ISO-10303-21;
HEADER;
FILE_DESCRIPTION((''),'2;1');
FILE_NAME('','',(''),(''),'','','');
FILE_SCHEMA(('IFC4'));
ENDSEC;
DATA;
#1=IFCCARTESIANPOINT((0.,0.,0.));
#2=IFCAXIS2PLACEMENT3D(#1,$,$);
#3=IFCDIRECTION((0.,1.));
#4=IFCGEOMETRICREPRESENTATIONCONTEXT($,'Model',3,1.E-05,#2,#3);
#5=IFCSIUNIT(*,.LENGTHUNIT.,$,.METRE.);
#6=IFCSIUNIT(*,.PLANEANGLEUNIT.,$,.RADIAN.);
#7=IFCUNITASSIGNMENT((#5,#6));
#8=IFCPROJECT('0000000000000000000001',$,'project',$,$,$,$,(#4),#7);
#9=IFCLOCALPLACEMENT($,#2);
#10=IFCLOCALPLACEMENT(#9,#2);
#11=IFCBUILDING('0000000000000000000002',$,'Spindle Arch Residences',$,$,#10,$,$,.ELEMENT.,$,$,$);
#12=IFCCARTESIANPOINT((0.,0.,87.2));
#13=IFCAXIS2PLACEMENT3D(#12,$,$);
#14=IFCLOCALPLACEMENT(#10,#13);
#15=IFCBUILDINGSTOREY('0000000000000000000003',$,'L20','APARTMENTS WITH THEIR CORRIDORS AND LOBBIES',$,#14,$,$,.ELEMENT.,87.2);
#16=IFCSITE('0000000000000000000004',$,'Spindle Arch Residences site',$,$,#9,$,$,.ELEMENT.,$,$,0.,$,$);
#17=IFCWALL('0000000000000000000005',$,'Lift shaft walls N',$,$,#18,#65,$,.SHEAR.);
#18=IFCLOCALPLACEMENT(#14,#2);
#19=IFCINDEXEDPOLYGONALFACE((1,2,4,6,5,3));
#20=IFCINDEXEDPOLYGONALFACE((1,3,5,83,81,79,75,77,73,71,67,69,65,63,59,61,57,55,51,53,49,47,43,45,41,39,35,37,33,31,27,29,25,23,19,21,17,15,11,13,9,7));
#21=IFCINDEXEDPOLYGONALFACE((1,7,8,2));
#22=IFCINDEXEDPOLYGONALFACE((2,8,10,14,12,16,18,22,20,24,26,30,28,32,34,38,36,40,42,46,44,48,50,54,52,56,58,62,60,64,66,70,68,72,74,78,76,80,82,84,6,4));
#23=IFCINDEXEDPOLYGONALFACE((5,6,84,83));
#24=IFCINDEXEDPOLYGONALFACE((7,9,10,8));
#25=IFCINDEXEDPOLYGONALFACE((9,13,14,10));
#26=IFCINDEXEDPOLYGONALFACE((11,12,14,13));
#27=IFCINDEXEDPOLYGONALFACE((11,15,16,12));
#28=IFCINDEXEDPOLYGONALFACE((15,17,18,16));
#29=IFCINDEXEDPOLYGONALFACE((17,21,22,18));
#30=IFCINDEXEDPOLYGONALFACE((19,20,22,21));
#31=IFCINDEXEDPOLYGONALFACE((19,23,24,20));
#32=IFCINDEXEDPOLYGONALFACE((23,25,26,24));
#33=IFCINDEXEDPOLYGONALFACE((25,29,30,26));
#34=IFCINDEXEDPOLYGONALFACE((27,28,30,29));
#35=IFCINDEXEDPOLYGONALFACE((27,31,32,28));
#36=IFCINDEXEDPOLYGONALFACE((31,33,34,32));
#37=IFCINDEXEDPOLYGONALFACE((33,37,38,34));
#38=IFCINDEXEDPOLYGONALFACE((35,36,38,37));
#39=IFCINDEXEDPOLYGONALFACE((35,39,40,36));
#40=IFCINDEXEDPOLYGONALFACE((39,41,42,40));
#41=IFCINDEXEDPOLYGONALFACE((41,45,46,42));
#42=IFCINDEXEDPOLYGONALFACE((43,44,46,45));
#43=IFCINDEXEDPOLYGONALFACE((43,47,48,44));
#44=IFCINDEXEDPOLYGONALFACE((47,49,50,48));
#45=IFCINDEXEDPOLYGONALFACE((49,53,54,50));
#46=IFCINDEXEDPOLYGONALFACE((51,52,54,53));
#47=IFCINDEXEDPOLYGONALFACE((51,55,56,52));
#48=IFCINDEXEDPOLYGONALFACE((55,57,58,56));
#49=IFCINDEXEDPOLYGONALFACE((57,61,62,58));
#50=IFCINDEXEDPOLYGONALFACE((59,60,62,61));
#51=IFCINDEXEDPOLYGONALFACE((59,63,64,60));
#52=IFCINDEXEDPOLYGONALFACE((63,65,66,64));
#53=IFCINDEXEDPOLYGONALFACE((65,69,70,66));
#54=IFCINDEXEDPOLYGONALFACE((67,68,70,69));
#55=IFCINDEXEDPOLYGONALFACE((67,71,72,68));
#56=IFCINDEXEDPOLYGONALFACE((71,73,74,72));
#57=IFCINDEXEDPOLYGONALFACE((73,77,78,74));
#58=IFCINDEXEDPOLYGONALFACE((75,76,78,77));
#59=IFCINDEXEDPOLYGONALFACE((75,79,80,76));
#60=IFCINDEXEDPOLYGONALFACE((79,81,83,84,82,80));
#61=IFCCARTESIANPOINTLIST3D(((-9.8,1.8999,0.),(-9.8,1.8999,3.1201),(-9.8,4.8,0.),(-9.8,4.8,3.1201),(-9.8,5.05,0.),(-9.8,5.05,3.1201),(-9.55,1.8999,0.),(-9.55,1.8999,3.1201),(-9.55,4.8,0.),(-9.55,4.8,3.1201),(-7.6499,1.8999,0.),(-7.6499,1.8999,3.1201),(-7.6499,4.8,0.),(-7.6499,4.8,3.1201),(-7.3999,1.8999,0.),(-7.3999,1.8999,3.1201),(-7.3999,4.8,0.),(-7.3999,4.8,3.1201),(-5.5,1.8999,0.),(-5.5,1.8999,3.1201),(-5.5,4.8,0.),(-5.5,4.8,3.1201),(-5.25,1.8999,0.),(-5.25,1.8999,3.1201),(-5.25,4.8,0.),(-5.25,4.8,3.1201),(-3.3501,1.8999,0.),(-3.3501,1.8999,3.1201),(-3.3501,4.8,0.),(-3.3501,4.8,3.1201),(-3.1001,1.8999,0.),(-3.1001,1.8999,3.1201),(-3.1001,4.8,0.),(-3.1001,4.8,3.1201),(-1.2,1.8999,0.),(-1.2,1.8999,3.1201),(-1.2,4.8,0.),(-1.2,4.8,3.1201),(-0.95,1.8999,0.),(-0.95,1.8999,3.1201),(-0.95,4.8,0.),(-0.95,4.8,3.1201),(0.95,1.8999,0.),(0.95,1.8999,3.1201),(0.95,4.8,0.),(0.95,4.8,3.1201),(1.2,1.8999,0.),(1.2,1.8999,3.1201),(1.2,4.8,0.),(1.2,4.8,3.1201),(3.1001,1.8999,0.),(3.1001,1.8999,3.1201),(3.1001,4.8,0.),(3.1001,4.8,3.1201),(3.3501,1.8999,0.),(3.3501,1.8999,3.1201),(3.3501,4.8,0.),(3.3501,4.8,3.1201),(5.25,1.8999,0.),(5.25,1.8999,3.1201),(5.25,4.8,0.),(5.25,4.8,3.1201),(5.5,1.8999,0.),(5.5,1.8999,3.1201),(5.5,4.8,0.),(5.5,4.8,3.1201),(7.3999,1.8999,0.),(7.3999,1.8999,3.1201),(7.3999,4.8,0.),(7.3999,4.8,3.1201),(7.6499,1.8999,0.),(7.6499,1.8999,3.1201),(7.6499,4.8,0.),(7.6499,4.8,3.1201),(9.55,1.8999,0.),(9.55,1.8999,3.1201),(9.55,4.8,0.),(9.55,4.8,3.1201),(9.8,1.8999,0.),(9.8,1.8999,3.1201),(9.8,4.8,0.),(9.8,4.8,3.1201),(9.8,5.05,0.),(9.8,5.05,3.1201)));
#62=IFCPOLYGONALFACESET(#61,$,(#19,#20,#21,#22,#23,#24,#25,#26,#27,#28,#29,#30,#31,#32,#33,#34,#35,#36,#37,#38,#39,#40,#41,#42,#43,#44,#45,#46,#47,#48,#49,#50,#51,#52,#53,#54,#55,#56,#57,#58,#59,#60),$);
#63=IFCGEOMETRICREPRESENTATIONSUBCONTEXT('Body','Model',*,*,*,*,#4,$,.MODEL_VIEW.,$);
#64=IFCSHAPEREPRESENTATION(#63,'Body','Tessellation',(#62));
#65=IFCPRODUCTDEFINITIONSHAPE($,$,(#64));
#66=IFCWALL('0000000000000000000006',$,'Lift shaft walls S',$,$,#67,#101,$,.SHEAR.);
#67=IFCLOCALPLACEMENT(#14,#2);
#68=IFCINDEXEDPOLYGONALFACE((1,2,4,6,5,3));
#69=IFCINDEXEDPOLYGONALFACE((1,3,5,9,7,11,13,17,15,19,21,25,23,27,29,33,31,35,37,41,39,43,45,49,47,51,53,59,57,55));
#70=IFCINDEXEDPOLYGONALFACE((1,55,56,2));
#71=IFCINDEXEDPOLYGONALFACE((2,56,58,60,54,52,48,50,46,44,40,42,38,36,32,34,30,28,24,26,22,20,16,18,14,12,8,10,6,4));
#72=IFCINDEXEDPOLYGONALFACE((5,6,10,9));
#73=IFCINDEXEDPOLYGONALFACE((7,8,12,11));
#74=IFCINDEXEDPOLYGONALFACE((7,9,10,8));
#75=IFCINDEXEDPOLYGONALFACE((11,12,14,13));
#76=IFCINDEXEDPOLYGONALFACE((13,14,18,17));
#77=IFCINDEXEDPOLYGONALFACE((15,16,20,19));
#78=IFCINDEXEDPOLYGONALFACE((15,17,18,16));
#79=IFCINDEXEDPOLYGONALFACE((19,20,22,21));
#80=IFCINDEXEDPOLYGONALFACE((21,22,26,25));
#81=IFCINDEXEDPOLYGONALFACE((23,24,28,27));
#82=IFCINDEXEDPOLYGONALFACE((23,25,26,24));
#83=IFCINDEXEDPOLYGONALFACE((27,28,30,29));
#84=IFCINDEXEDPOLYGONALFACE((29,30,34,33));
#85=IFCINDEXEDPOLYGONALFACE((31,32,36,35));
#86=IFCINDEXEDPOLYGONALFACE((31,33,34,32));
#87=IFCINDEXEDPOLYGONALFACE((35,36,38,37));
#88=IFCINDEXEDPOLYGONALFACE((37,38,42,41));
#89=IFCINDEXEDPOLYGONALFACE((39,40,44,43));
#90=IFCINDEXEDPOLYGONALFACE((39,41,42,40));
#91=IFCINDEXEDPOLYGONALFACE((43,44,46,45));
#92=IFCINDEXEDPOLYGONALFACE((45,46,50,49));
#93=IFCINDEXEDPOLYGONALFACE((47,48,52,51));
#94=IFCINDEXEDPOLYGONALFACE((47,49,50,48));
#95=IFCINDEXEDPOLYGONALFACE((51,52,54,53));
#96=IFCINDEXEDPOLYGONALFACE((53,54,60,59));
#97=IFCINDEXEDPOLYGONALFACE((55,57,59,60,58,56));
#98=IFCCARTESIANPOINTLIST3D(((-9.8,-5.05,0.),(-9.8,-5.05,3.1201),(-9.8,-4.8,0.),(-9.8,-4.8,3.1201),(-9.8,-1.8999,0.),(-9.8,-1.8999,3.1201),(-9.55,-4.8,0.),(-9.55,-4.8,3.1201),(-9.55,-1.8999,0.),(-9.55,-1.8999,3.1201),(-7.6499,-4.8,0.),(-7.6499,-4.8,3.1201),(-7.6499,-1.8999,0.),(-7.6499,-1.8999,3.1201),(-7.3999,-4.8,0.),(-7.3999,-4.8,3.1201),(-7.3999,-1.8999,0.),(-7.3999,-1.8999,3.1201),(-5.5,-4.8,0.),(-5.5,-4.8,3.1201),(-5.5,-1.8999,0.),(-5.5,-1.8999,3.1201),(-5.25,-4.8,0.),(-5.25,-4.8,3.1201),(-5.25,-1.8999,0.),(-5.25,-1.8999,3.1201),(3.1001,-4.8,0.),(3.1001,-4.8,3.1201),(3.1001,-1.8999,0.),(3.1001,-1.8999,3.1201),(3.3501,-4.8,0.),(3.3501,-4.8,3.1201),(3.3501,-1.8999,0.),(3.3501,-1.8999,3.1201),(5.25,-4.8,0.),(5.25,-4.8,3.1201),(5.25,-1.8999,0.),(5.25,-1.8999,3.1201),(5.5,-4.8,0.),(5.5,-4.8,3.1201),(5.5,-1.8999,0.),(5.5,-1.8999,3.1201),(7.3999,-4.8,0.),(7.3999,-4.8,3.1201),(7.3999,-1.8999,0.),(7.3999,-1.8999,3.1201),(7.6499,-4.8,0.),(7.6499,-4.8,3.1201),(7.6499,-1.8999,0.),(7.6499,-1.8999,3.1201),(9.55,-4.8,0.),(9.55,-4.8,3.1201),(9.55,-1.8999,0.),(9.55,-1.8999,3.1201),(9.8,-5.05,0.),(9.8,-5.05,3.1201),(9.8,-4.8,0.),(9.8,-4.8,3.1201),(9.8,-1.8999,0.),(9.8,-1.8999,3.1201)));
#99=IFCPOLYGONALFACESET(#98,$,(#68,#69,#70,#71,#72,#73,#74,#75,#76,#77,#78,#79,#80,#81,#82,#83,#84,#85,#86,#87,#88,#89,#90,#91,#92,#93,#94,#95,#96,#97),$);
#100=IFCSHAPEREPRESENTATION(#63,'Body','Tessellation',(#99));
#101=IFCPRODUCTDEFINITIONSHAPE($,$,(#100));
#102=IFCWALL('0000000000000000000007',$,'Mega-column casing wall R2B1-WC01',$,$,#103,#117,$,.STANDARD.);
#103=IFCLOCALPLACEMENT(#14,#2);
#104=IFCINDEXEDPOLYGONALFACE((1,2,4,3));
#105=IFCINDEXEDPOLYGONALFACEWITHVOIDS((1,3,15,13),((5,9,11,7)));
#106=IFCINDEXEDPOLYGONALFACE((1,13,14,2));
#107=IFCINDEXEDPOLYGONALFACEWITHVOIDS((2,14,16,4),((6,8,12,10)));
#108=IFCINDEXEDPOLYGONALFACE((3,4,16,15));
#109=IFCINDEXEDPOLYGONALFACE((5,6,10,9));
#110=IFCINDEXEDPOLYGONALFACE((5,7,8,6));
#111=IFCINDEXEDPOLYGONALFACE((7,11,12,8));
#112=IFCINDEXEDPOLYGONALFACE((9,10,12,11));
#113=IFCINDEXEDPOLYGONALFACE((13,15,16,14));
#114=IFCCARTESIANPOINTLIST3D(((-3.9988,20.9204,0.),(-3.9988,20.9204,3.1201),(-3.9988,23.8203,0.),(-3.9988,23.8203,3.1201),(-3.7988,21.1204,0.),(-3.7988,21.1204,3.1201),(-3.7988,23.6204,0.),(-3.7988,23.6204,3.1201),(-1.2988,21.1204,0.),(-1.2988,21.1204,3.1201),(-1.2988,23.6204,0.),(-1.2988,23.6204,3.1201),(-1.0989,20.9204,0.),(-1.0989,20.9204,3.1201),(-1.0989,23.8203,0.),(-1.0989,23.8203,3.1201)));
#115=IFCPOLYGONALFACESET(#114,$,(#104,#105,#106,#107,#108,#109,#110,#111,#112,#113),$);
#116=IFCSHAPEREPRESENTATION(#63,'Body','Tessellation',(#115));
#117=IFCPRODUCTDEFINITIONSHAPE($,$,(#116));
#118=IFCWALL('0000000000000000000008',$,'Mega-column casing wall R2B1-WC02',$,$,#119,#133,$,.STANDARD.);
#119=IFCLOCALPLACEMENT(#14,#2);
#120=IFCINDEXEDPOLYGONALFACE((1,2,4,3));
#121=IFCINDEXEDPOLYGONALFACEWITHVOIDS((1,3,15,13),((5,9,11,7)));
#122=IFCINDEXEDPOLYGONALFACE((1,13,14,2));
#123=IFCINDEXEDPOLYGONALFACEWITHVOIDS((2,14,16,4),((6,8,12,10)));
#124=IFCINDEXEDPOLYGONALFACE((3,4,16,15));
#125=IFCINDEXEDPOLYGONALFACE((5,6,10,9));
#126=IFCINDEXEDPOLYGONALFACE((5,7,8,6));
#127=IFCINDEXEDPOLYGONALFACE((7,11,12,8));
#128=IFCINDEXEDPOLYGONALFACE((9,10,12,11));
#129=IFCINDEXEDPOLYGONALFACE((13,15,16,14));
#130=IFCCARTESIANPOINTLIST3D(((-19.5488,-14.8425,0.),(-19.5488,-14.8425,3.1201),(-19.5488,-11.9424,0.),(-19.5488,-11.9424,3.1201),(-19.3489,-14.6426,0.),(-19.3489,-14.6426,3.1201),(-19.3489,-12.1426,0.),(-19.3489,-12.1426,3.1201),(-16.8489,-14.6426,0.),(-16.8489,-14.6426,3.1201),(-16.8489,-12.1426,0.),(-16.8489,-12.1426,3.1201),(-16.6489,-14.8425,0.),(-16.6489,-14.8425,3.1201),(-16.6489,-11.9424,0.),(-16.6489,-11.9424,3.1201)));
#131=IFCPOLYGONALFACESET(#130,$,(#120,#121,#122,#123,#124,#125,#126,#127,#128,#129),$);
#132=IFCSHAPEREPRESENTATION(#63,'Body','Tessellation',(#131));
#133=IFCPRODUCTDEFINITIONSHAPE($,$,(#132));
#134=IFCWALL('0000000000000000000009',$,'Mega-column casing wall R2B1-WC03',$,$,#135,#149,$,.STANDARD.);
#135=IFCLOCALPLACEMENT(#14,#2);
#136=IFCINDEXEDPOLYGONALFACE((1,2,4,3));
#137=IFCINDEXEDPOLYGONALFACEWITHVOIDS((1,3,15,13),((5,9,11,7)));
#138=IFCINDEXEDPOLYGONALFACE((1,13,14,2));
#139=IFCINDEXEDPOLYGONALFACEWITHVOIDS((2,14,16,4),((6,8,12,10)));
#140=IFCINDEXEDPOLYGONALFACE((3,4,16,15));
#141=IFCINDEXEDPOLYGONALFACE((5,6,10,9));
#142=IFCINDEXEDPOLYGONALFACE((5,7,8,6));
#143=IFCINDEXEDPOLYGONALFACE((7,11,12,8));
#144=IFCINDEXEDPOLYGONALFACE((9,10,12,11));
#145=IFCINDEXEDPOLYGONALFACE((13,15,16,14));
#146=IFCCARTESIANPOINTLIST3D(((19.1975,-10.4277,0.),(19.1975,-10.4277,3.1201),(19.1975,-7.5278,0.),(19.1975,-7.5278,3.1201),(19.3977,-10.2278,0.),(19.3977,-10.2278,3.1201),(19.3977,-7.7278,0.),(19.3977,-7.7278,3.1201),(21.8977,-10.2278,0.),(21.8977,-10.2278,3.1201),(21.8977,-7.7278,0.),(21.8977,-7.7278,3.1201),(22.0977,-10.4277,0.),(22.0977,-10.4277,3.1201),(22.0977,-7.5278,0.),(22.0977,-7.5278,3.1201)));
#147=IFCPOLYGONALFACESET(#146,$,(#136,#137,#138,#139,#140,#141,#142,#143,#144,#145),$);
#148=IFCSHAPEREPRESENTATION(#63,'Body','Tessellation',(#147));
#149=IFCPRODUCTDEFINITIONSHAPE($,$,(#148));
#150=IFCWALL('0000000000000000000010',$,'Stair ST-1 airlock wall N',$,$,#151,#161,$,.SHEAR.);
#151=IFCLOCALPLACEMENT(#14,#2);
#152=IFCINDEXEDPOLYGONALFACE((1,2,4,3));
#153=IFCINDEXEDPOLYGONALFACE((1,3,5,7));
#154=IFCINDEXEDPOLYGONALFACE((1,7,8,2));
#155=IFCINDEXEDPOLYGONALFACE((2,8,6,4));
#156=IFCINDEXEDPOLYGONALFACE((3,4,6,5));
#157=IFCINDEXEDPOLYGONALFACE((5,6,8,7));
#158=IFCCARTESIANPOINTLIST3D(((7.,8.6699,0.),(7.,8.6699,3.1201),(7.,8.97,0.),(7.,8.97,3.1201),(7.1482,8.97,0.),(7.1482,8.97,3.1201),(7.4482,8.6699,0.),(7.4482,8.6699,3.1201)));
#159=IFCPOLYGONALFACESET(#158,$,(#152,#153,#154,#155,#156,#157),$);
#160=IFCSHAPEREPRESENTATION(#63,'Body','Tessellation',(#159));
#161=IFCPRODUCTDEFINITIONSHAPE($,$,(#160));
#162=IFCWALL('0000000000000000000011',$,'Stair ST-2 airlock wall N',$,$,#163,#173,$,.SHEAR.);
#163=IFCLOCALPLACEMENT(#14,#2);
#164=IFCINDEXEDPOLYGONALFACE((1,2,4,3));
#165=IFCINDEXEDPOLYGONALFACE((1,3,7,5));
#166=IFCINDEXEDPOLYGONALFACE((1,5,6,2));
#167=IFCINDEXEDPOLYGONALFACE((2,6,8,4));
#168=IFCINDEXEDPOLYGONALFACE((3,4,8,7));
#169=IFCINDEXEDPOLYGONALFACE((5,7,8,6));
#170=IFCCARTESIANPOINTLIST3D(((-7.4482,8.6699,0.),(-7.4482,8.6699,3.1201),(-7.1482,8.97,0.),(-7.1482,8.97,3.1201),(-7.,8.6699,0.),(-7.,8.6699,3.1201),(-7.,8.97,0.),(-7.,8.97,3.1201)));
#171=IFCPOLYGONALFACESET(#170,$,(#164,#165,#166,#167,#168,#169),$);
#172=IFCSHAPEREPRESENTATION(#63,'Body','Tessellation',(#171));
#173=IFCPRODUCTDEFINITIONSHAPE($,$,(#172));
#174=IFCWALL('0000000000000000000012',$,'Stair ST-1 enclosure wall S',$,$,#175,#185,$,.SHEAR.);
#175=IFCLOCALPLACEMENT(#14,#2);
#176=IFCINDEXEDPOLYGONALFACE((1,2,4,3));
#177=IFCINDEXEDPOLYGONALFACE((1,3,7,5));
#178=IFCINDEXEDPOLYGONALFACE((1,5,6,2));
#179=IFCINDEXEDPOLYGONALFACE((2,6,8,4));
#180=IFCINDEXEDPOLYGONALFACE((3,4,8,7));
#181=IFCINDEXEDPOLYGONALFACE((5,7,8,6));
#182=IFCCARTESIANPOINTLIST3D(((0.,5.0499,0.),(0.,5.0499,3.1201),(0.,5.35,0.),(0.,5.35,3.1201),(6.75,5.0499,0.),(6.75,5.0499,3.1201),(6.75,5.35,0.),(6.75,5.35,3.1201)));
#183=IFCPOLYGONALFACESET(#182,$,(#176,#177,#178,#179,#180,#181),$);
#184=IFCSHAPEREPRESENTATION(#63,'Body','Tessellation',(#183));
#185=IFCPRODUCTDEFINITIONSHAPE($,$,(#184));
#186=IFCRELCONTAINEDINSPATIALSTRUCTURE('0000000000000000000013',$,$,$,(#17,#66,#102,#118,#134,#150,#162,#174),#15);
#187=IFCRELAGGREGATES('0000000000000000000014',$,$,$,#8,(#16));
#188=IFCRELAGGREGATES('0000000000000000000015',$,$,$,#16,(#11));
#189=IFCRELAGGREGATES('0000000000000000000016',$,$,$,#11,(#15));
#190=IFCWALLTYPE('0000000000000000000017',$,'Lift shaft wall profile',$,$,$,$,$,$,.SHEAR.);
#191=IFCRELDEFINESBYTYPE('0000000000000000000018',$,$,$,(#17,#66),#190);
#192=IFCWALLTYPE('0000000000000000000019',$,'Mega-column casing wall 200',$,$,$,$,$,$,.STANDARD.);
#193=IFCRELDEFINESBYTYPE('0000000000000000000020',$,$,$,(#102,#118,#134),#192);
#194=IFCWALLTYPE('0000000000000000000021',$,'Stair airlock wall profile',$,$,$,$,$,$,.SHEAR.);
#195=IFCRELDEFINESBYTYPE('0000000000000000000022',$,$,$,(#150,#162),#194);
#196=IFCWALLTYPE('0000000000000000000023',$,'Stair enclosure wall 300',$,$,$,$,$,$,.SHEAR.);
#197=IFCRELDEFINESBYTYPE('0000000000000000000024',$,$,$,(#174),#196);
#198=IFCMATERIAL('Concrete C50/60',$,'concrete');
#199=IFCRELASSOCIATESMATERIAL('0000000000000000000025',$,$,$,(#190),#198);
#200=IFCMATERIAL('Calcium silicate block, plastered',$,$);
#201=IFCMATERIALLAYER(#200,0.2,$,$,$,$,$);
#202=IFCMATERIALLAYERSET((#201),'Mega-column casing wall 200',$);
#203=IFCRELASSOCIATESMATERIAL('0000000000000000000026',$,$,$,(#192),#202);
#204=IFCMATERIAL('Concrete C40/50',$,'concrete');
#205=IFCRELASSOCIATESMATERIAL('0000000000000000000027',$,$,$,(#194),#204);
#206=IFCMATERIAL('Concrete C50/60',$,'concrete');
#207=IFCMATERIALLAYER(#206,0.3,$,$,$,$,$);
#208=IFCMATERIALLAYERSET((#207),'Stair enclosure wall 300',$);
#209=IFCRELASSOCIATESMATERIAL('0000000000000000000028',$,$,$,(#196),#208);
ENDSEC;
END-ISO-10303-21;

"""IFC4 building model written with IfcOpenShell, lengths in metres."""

from ifc_helpers import new_model, si_unit, direction, frame, frame_2d, origin, place, context, subcontext, project, spatial, polyline, rectangle, outline, extrude, material, layer, layer_set, type_object, element, save


model = new_model("IFC4")

# Units and contexts
model_context = context("Model", 3, precision=1e-05, world=origin(), true_north=direction((0.0, 1.0)))
body_context = subcontext(model_context, "Body", "Model", "MODEL_VIEW")
ifc_project = project(units=[si_unit("LENGTHUNIT", "METRE"), si_unit("PLANEANGLEUNIT", "RADIAN")], contexts=[model_context])

# Site, building, storey
site_placement = place(None, origin())
site = spatial("IfcSite", under=ifc_project, at=site_placement, Name="Spindle Arch Residences site", CompositionType="ELEMENT", RefElevation=0.0)
building_placement = place(site_placement, origin())
building = spatial("IfcBuilding", under=site, at=building_placement, Name="Spindle Arch Residences", CompositionType="ELEMENT")
storey_placement = place(building_placement, frame((0.0, 0.0, 87.2)))
storey = spatial("IfcBuildingStorey", under=building, at=storey_placement, Name="L20", Description="APARTMENTS WITH THEIR CORRIDORS AND LOBBIES", CompositionType="ELEMENT", Elevation=87.2)

# Walls
ifc_material_1 = material(Name="Concrete C50/60", Category="concrete")
wall_type_1 = type_object("IfcWallType", Name="Lift shaft wall profile", PredefinedType="SHEAR", material=ifc_material_1)
wall_1_placement = place(storey_placement, origin())
element("IfcWall", 1, at=wall_1_placement, inside=storey, type_object=wall_type_1, Name="Lift shaft walls N", PredefinedType="SHEAR", context=body_context, shape_type="SweptSolid", body=[
    extrude(outline(polyline([(-9.55, 4.8), (-7.6499, 4.8), (-7.6499, 1.8999), (-7.3999, 1.8999), (-7.3999, 4.8), (-5.5, 4.8), (-5.5, 1.8999), (-5.25, 1.8999), (-5.25, 4.8), (-3.3501, 4.8), (-3.3501, 1.8999), (-3.1001, 1.8999), (-3.1001, 4.8), (-1.2, 4.8), (-1.2, 1.8999), (-0.95, 1.8999), (-0.95, 4.8), (0.95, 4.8), (0.95, 1.8999), (1.2, 1.8999), (1.2, 4.8), (3.1001, 4.8), (3.1001, 1.8999), (3.3501, 1.8999), (3.3501, 4.8), (5.25, 4.8), (5.25, 1.8999), (5.5, 1.8999), (5.5, 4.8), (7.3999, 4.8), (7.3999, 1.8999), (7.6499, 1.8999), (7.6499, 4.8), (9.55, 4.8), (9.55, 1.8999), (9.8, 1.8999), (9.8, 4.8), (9.8, 5.05), (-9.8, 5.05), (-9.8, 4.8), (-9.8, 1.8999), (-9.55, 1.8999), (-9.55, 4.8)])), origin(), (0.0, 0.0, 1.0), 3.1201),
])
wall_2_placement = place(storey_placement, origin())
element("IfcWall", 2, at=wall_2_placement, inside=storey, type_object=wall_type_1, Name="Lift shaft walls S", PredefinedType="SHEAR", context=body_context, shape_type="SweptSolid", body=[
    extrude(outline(polyline([(9.8, -5.05), (9.8, -4.8), (9.8, -1.8999), (9.55, -1.8999), (9.55, -4.8), (7.6499, -4.8), (7.6499, -1.8999), (7.3999, -1.8999), (7.3999, -4.8), (5.5, -4.8), (5.5, -1.8999), (5.25, -1.8999), (5.25, -4.8), (3.3501, -4.8), (3.3501, -1.8999), (3.1001, -1.8999), (3.1001, -4.8), (-5.25, -4.8), (-5.25, -1.8999), (-5.5, -1.8999), (-5.5, -4.8), (-7.3999, -4.8), (-7.3999, -1.8999), (-7.6499, -1.8999), (-7.6499, -4.8), (-9.55, -4.8), (-9.55, -1.8999), (-9.8, -1.8999), (-9.8, -4.8), (-9.8, -5.05), (9.8, -5.05)])), origin(), (0.0, 0.0, 1.0), 3.1201),
])
ifc_material_2 = material(Name="Calcium silicate block, plastered")
ifc_layer_1 = layer(ifc_material_2, 0.2)
ifc_layer_set_1 = layer_set([ifc_layer_1], Name="Mega-column casing wall 200")
wall_type_2 = type_object("IfcWallType", Name="Mega-column casing wall 200", PredefinedType="STANDARD", material=ifc_layer_set_1)
wall_3_placement = place(storey_placement, origin())
element("IfcWall", 3, at=wall_3_placement, inside=storey, type_object=wall_type_2, Name="Mega-column casing wall R2B1-WC01", PredefinedType="STANDARD", context=body_context, shape_type="SweptSolid", body=[
    extrude(outline(polyline([(-1.0989, 23.8203), (-1.0989, 20.9204), (-3.9988, 20.9204), (-3.9988, 23.8203), (-1.0989, 23.8203)]), holes=[polyline([(-3.7988, 21.1204), (-1.2988, 21.1204), (-1.2988, 23.6204), (-3.7988, 23.6204), (-3.7988, 21.1204)])]), origin(), (0.0, 0.0, 1.0), 3.1201),
])
wall_4_placement = place(storey_placement, origin())
element("IfcWall", 4, at=wall_4_placement, inside=storey, type_object=wall_type_2, Name="Mega-column casing wall R2B1-WC02", PredefinedType="STANDARD", context=body_context, shape_type="SweptSolid", body=[
    extrude(outline(polyline([(-16.6489, -11.9424), (-16.6489, -14.8425), (-19.5488, -14.8425), (-19.5488, -11.9424), (-16.6489, -11.9424)]), holes=[polyline([(-19.3489, -14.6426), (-16.8489, -14.6426), (-16.8489, -12.1426), (-19.3489, -12.1426), (-19.3489, -14.6426)])]), origin(), (0.0, 0.0, 1.0), 3.1201),
])
wall_5_placement = place(storey_placement, origin())
element("IfcWall", 5, at=wall_5_placement, inside=storey, type_object=wall_type_2, Name="Mega-column casing wall R2B1-WC03", PredefinedType="STANDARD", context=body_context, shape_type="SweptSolid", body=[
    extrude(outline(polyline([(22.0977, -7.5278), (22.0977, -10.4277), (19.1975, -10.4277), (19.1975, -7.5278), (22.0977, -7.5278)]), holes=[polyline([(19.3977, -10.2278), (21.8977, -10.2278), (21.8977, -7.7278), (19.3977, -7.7278), (19.3977, -10.2278)])]), origin(), (0.0, 0.0, 1.0), 3.1201),
])
ifc_material_3 = material(Name="Concrete C40/50", Category="concrete")
wall_type_3 = type_object("IfcWallType", Name="Stair airlock wall profile", PredefinedType="SHEAR", material=ifc_material_3)
wall_6_placement = place(storey_placement, origin())
element("IfcWall", 6, at=wall_6_placement, inside=storey, type_object=wall_type_3, Name="Stair ST-1 airlock wall N", PredefinedType="SHEAR", context=body_context, shape_type="SweptSolid", body=[
    extrude(outline(polyline([(7.4482, 8.6699), (7.0, 8.6699), (7.0, 8.97), (7.1482, 8.97), (7.4482, 8.6699)])), origin(), (0.0, 0.0, 1.0), 3.1201),
])
wall_7_placement = place(storey_placement, origin())
element("IfcWall", 7, at=wall_7_placement, inside=storey, type_object=wall_type_3, Name="Stair ST-2 airlock wall N", PredefinedType="SHEAR", context=body_context, shape_type="SweptSolid", body=[
    extrude(outline(polyline([(-7.1482, 8.97), (-7.0, 8.97), (-7.0, 8.6699), (-7.4482, 8.6699), (-7.1482, 8.97)])), origin(), (0.0, 0.0, 1.0), 3.1201),
])
ifc_material_4 = material(Name="Concrete C50/60", Category="concrete")
ifc_layer_2 = layer(ifc_material_4, 0.3)
ifc_layer_set_2 = layer_set([ifc_layer_2], Name="Stair enclosure wall 300")
wall_type_4 = type_object("IfcWallType", Name="Stair enclosure wall 300", PredefinedType="SHEAR", material=ifc_layer_set_2)
wall_8_placement = place(storey_placement, frame((0.0, 5.2, 0.0), z_axis=(0.0, 0.0, 1.0), x_axis=(1.0, 0.0, 0.0)))
element("IfcWall", 8, at=wall_8_placement, inside=storey, type_object=wall_type_4, Name="Stair ST-1 enclosure wall S", PredefinedType="SHEAR", context=body_context, shape_type="SweptSolid", body=[
    extrude(rectangle(XDim=6.75, YDim=0.3, at=frame_2d((3.375, 0.0))), origin(), (0.0, 0.0, 1.0), 3.1201),
])

save(model, "model.ifc")
